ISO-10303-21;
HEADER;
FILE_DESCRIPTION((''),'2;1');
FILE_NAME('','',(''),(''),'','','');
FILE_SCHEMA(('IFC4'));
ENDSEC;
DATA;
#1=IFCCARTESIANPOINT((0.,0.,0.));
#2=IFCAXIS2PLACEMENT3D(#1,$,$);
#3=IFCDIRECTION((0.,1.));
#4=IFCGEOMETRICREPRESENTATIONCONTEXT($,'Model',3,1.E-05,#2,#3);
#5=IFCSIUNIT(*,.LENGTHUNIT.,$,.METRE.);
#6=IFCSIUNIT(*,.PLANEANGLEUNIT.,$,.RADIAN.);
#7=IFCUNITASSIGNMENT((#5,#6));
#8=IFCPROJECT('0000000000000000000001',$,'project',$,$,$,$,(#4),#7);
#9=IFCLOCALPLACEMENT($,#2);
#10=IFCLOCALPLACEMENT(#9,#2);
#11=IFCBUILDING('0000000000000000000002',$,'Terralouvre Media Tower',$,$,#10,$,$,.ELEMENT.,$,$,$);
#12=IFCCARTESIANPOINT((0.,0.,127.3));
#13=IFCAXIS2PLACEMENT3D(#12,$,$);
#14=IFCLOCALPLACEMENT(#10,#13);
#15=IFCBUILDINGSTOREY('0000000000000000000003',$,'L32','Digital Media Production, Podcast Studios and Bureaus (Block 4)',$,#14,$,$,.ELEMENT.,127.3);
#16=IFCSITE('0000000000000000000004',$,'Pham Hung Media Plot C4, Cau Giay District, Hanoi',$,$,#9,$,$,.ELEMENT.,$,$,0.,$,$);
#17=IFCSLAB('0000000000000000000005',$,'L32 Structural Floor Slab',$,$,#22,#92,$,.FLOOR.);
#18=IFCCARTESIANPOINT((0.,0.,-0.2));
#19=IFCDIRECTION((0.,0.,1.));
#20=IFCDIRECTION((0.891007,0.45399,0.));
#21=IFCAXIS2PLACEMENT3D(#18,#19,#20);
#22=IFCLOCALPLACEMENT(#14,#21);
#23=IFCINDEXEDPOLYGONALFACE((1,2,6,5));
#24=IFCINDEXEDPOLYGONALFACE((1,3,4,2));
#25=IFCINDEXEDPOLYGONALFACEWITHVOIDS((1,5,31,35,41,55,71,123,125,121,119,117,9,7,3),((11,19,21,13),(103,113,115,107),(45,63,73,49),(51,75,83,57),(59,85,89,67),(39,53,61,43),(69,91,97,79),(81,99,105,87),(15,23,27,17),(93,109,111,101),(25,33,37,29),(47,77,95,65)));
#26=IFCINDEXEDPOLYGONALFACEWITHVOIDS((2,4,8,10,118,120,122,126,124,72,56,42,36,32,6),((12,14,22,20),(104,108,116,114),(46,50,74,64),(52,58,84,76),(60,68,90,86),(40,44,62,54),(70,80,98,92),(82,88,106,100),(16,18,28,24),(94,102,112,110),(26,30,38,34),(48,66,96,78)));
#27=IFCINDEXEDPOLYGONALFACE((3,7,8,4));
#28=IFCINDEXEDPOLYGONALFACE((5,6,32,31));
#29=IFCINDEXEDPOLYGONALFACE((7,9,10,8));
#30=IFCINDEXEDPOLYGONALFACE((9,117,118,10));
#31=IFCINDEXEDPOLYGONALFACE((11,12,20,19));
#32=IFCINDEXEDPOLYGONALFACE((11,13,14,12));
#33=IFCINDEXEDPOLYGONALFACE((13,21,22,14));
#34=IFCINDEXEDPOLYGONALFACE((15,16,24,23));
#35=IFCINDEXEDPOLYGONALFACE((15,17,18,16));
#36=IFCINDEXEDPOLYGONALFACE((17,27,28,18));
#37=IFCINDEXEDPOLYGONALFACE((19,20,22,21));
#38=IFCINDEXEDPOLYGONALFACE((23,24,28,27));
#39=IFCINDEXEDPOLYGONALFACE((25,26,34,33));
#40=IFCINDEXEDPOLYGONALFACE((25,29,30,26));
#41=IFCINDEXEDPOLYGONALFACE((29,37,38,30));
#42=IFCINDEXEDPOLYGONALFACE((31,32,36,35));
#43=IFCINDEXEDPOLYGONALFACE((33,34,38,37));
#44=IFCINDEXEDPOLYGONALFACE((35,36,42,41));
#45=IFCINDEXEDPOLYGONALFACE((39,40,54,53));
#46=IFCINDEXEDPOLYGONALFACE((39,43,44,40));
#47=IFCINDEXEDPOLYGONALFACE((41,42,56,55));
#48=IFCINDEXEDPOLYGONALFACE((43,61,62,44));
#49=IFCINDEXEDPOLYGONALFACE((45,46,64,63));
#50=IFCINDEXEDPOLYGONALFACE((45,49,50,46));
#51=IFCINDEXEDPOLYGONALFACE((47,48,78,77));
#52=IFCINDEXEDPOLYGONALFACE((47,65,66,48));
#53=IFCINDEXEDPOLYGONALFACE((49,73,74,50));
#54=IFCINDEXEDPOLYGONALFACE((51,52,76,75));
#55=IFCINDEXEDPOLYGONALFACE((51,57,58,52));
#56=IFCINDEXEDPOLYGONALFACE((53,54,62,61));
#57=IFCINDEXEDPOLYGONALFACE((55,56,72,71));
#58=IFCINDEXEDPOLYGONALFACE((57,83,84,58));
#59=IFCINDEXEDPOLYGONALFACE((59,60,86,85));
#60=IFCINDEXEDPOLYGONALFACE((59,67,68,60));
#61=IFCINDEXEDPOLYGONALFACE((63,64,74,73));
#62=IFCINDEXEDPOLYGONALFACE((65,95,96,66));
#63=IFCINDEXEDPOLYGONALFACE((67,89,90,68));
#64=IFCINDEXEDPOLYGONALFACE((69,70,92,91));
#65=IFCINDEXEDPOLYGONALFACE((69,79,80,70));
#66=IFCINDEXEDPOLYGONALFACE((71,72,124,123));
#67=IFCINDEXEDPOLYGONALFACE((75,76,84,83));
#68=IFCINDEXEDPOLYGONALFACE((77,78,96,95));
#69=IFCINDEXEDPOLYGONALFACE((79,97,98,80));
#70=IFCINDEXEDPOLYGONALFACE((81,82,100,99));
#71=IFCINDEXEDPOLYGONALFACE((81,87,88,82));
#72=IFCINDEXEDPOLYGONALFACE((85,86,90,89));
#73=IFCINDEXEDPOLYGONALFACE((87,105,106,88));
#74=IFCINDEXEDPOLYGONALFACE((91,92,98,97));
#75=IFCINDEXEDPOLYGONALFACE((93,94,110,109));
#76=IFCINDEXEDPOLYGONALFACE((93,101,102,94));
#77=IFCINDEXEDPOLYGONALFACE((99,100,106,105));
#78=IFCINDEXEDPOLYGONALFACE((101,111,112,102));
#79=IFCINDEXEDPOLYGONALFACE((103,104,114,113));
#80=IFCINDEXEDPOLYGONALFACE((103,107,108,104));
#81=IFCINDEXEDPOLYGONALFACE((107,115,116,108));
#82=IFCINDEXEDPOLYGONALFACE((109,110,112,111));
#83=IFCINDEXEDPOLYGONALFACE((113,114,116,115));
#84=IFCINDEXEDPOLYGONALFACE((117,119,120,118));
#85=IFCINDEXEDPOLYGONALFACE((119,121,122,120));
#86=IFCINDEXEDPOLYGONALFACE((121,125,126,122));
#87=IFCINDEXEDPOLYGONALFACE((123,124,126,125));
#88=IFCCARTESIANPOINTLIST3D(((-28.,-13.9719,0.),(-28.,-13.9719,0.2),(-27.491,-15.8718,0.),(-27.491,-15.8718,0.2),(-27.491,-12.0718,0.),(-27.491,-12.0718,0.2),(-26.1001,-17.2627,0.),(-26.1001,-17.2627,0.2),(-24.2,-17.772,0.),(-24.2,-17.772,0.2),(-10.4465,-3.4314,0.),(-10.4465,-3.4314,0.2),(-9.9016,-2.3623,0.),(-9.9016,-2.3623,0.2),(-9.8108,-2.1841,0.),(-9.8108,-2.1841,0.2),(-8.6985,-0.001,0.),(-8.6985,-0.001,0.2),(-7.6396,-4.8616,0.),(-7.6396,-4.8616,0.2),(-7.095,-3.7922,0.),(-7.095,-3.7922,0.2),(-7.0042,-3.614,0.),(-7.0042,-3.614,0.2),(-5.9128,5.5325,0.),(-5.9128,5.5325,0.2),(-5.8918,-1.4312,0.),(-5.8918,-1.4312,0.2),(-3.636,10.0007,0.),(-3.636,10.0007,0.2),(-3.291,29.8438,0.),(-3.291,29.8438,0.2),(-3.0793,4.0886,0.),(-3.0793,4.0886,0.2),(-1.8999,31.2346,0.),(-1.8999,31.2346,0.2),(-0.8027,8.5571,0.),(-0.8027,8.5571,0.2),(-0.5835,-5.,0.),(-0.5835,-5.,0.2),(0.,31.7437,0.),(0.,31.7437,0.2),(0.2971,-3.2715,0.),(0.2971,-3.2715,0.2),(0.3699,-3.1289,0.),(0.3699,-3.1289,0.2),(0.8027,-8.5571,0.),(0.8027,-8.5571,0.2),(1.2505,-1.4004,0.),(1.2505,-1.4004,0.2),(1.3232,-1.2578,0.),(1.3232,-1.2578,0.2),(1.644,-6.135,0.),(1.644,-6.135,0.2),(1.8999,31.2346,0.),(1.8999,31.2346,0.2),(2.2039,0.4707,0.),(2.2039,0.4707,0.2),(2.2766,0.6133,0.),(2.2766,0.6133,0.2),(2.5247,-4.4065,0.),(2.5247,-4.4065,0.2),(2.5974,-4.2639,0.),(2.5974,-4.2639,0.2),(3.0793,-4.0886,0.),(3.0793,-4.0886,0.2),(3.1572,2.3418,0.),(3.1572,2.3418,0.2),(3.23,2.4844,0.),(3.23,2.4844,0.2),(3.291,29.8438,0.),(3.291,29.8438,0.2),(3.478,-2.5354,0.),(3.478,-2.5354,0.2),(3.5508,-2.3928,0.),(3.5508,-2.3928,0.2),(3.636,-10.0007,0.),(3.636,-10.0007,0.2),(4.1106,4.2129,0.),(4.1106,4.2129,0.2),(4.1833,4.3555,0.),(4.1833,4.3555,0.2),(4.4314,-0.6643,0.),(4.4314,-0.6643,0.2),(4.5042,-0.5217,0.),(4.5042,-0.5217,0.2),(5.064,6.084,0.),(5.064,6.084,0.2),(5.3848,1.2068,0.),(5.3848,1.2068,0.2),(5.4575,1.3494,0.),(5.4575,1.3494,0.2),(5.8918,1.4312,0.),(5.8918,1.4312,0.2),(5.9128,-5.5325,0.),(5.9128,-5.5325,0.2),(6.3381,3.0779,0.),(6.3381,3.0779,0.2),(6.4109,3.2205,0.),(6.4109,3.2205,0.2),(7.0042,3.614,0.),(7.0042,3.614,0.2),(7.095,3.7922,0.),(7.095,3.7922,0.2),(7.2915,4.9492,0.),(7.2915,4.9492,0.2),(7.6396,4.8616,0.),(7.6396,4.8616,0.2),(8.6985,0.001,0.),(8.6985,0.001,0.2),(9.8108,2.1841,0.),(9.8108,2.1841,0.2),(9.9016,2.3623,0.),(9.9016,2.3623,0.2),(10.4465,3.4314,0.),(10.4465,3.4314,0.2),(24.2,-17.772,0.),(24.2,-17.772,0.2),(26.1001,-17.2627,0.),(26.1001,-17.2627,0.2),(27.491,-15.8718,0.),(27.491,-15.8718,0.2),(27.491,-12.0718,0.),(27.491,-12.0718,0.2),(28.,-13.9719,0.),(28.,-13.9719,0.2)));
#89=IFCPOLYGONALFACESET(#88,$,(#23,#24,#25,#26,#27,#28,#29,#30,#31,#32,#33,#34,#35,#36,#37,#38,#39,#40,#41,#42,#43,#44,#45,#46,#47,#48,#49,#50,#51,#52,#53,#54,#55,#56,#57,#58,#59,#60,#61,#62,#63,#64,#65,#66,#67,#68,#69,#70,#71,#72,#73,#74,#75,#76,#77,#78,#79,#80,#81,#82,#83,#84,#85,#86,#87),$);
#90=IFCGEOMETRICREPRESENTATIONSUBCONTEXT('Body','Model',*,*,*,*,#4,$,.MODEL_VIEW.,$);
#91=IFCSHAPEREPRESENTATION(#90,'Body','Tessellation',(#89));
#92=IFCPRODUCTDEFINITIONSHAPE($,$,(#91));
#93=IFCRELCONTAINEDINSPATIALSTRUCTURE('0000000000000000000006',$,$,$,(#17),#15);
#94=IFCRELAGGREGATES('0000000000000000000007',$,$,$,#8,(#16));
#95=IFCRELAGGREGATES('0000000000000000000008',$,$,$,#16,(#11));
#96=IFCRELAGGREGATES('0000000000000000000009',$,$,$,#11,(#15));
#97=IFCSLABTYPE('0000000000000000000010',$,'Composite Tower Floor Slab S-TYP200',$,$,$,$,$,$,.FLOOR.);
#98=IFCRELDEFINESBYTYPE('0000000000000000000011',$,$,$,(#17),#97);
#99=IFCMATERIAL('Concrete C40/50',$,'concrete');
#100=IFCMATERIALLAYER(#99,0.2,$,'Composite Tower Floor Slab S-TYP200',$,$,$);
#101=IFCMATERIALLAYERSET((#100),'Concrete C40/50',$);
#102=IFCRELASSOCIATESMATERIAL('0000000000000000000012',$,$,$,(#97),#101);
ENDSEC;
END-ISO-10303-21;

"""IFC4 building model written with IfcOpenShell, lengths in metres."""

from ifc_helpers import new_model, si_unit, direction, frame, origin, place, context, subcontext, project, spatial, polyline, outline, extrude, material, layer, layer_set, type_object, element, save


model = new_model("IFC4")

# Units and contexts
model_context = context("Model", 3, precision=1e-05, world=origin(), true_north=direction((0.0, 1.0)))
body_context = subcontext(model_context, "Body", "Model", "MODEL_VIEW")
ifc_project = project(units=[si_unit("LENGTHUNIT", "METRE"), si_unit("PLANEANGLEUNIT", "RADIAN")], contexts=[model_context])

# Site, building, storey
site_placement = place(None, origin())
site = spatial("IfcSite", under=ifc_project, at=site_placement, Name="Pham Hung Media Plot C4, Cau Giay District, Hanoi", CompositionType="ELEMENT", RefElevation=0.0)
building_placement = place(site_placement, origin())
building = spatial("IfcBuilding", under=site, at=building_placement, Name="Terralouvre Media Tower", CompositionType="ELEMENT")
storey_placement = place(building_placement, frame((0.0, 0.0, 127.3)))
storey = spatial("IfcBuildingStorey", under=building, at=storey_placement, Name="L32", Description="Digital Media Production, Podcast Studios and Bureaus (Block 4)", CompositionType="ELEMENT", Elevation=127.3)

# Slab
ifc_material_1 = material(Name="Concrete C40/50", Category="concrete")
ifc_layer_1 = layer(ifc_material_1, 0.2, Name="Composite Tower Floor Slab S-TYP200")
ifc_layer_set_1 = layer_set([ifc_layer_1], Name="Concrete C40/50")
slab_type = type_object("IfcSlabType", Name="Composite Tower Floor Slab S-TYP200", PredefinedType="FLOOR", material=ifc_layer_set_1)
slab_placement = place(storey_placement, frame((0.0, 0.0, -0.2), z_axis=(0.0, 0.0, 1.0), x_axis=(0.891007, 0.45399, 0.0)))
element("IfcSlab", 1, at=slab_placement, inside=storey, type_object=slab_type, Name="L32 Structural Floor Slab", PredefinedType="FLOOR", context=body_context, shape_type="SweptSolid", body=[
    extrude(outline(polyline([(-27.491, -12.0718), (-28.0, -13.9719), (-27.491, -15.8718), (-26.1001, -17.2627), (-24.2, -17.772), (24.2, -17.772), (26.1001, -17.2627), (27.491, -15.8718), (28.0, -13.9719), (27.491, -12.0718), (3.291, 29.8438), (1.8999, 31.2346), (0.0, 31.7437), (-1.8999, 31.2346), (-3.291, 29.8438), (-27.491, -12.0718)]), holes=[polyline([(-7.095, -3.7922), (-7.6396, -4.8616), (-10.4465, -3.4314), (-9.9016, -2.3623), (-7.095, -3.7922)]), polyline([(-7.0042, -3.614), (-9.8108, -2.1841), (-8.6985, -0.001), (-5.8918, -1.4312), (-7.0042, -3.614)]), polyline([(4.5042, -0.5217), (2.2766, 0.6133), (3.1572, 2.3418), (5.3848, 1.2068), (4.5042, -0.5217)]), polyline([(6.3381, 3.0779), (5.4575, 1.3494), (3.23, 2.4844), (4.1106, 4.2129), (6.3381, 3.0779)]), polyline([(-3.0793, 4.0886), (-5.9128, 5.5325), (-3.636, 10.0007), (-0.8027, 8.5571), (-3.0793, 4.0886)]), polyline([(6.4109, 3.2205), (4.1833, 4.3555), (5.064, 6.084), (7.2915, 4.9492), (6.4109, 3.2205)]), polyline([(0.8027, -8.5571), (3.0793, -4.0886), (5.9128, -5.5325), (3.636, -10.0007), (0.8027, -8.5571)]), polyline([(1.644, -6.135), (-0.5835, -5.0), (0.2971, -3.2715), (2.5247, -4.4065), (1.644, -6.135)]), polyline([(2.5974, -4.2639), (0.3699, -3.1289), (1.2505, -1.4004), (3.478, -2.5354), (2.5974, -4.2639)]), polyline([(4.4314, -0.6643), (3.5508, -2.3928), (1.3232, -1.2578), (2.2039, 0.4707), (4.4314, -0.6643)]), polyline([(8.6985, 0.001), (5.8918, 1.4312), (7.0042, 3.614), (9.8108, 2.1841), (8.6985, 0.001)]), polyline([(9.9016, 2.3623), (7.095, 3.7922), (7.6396, 4.8616), (10.4465, 3.4314), (9.9016, 2.3623)])]), origin(), (0.0, 0.0, 1.0), 0.2),
])

save(model, "model.ifc")
